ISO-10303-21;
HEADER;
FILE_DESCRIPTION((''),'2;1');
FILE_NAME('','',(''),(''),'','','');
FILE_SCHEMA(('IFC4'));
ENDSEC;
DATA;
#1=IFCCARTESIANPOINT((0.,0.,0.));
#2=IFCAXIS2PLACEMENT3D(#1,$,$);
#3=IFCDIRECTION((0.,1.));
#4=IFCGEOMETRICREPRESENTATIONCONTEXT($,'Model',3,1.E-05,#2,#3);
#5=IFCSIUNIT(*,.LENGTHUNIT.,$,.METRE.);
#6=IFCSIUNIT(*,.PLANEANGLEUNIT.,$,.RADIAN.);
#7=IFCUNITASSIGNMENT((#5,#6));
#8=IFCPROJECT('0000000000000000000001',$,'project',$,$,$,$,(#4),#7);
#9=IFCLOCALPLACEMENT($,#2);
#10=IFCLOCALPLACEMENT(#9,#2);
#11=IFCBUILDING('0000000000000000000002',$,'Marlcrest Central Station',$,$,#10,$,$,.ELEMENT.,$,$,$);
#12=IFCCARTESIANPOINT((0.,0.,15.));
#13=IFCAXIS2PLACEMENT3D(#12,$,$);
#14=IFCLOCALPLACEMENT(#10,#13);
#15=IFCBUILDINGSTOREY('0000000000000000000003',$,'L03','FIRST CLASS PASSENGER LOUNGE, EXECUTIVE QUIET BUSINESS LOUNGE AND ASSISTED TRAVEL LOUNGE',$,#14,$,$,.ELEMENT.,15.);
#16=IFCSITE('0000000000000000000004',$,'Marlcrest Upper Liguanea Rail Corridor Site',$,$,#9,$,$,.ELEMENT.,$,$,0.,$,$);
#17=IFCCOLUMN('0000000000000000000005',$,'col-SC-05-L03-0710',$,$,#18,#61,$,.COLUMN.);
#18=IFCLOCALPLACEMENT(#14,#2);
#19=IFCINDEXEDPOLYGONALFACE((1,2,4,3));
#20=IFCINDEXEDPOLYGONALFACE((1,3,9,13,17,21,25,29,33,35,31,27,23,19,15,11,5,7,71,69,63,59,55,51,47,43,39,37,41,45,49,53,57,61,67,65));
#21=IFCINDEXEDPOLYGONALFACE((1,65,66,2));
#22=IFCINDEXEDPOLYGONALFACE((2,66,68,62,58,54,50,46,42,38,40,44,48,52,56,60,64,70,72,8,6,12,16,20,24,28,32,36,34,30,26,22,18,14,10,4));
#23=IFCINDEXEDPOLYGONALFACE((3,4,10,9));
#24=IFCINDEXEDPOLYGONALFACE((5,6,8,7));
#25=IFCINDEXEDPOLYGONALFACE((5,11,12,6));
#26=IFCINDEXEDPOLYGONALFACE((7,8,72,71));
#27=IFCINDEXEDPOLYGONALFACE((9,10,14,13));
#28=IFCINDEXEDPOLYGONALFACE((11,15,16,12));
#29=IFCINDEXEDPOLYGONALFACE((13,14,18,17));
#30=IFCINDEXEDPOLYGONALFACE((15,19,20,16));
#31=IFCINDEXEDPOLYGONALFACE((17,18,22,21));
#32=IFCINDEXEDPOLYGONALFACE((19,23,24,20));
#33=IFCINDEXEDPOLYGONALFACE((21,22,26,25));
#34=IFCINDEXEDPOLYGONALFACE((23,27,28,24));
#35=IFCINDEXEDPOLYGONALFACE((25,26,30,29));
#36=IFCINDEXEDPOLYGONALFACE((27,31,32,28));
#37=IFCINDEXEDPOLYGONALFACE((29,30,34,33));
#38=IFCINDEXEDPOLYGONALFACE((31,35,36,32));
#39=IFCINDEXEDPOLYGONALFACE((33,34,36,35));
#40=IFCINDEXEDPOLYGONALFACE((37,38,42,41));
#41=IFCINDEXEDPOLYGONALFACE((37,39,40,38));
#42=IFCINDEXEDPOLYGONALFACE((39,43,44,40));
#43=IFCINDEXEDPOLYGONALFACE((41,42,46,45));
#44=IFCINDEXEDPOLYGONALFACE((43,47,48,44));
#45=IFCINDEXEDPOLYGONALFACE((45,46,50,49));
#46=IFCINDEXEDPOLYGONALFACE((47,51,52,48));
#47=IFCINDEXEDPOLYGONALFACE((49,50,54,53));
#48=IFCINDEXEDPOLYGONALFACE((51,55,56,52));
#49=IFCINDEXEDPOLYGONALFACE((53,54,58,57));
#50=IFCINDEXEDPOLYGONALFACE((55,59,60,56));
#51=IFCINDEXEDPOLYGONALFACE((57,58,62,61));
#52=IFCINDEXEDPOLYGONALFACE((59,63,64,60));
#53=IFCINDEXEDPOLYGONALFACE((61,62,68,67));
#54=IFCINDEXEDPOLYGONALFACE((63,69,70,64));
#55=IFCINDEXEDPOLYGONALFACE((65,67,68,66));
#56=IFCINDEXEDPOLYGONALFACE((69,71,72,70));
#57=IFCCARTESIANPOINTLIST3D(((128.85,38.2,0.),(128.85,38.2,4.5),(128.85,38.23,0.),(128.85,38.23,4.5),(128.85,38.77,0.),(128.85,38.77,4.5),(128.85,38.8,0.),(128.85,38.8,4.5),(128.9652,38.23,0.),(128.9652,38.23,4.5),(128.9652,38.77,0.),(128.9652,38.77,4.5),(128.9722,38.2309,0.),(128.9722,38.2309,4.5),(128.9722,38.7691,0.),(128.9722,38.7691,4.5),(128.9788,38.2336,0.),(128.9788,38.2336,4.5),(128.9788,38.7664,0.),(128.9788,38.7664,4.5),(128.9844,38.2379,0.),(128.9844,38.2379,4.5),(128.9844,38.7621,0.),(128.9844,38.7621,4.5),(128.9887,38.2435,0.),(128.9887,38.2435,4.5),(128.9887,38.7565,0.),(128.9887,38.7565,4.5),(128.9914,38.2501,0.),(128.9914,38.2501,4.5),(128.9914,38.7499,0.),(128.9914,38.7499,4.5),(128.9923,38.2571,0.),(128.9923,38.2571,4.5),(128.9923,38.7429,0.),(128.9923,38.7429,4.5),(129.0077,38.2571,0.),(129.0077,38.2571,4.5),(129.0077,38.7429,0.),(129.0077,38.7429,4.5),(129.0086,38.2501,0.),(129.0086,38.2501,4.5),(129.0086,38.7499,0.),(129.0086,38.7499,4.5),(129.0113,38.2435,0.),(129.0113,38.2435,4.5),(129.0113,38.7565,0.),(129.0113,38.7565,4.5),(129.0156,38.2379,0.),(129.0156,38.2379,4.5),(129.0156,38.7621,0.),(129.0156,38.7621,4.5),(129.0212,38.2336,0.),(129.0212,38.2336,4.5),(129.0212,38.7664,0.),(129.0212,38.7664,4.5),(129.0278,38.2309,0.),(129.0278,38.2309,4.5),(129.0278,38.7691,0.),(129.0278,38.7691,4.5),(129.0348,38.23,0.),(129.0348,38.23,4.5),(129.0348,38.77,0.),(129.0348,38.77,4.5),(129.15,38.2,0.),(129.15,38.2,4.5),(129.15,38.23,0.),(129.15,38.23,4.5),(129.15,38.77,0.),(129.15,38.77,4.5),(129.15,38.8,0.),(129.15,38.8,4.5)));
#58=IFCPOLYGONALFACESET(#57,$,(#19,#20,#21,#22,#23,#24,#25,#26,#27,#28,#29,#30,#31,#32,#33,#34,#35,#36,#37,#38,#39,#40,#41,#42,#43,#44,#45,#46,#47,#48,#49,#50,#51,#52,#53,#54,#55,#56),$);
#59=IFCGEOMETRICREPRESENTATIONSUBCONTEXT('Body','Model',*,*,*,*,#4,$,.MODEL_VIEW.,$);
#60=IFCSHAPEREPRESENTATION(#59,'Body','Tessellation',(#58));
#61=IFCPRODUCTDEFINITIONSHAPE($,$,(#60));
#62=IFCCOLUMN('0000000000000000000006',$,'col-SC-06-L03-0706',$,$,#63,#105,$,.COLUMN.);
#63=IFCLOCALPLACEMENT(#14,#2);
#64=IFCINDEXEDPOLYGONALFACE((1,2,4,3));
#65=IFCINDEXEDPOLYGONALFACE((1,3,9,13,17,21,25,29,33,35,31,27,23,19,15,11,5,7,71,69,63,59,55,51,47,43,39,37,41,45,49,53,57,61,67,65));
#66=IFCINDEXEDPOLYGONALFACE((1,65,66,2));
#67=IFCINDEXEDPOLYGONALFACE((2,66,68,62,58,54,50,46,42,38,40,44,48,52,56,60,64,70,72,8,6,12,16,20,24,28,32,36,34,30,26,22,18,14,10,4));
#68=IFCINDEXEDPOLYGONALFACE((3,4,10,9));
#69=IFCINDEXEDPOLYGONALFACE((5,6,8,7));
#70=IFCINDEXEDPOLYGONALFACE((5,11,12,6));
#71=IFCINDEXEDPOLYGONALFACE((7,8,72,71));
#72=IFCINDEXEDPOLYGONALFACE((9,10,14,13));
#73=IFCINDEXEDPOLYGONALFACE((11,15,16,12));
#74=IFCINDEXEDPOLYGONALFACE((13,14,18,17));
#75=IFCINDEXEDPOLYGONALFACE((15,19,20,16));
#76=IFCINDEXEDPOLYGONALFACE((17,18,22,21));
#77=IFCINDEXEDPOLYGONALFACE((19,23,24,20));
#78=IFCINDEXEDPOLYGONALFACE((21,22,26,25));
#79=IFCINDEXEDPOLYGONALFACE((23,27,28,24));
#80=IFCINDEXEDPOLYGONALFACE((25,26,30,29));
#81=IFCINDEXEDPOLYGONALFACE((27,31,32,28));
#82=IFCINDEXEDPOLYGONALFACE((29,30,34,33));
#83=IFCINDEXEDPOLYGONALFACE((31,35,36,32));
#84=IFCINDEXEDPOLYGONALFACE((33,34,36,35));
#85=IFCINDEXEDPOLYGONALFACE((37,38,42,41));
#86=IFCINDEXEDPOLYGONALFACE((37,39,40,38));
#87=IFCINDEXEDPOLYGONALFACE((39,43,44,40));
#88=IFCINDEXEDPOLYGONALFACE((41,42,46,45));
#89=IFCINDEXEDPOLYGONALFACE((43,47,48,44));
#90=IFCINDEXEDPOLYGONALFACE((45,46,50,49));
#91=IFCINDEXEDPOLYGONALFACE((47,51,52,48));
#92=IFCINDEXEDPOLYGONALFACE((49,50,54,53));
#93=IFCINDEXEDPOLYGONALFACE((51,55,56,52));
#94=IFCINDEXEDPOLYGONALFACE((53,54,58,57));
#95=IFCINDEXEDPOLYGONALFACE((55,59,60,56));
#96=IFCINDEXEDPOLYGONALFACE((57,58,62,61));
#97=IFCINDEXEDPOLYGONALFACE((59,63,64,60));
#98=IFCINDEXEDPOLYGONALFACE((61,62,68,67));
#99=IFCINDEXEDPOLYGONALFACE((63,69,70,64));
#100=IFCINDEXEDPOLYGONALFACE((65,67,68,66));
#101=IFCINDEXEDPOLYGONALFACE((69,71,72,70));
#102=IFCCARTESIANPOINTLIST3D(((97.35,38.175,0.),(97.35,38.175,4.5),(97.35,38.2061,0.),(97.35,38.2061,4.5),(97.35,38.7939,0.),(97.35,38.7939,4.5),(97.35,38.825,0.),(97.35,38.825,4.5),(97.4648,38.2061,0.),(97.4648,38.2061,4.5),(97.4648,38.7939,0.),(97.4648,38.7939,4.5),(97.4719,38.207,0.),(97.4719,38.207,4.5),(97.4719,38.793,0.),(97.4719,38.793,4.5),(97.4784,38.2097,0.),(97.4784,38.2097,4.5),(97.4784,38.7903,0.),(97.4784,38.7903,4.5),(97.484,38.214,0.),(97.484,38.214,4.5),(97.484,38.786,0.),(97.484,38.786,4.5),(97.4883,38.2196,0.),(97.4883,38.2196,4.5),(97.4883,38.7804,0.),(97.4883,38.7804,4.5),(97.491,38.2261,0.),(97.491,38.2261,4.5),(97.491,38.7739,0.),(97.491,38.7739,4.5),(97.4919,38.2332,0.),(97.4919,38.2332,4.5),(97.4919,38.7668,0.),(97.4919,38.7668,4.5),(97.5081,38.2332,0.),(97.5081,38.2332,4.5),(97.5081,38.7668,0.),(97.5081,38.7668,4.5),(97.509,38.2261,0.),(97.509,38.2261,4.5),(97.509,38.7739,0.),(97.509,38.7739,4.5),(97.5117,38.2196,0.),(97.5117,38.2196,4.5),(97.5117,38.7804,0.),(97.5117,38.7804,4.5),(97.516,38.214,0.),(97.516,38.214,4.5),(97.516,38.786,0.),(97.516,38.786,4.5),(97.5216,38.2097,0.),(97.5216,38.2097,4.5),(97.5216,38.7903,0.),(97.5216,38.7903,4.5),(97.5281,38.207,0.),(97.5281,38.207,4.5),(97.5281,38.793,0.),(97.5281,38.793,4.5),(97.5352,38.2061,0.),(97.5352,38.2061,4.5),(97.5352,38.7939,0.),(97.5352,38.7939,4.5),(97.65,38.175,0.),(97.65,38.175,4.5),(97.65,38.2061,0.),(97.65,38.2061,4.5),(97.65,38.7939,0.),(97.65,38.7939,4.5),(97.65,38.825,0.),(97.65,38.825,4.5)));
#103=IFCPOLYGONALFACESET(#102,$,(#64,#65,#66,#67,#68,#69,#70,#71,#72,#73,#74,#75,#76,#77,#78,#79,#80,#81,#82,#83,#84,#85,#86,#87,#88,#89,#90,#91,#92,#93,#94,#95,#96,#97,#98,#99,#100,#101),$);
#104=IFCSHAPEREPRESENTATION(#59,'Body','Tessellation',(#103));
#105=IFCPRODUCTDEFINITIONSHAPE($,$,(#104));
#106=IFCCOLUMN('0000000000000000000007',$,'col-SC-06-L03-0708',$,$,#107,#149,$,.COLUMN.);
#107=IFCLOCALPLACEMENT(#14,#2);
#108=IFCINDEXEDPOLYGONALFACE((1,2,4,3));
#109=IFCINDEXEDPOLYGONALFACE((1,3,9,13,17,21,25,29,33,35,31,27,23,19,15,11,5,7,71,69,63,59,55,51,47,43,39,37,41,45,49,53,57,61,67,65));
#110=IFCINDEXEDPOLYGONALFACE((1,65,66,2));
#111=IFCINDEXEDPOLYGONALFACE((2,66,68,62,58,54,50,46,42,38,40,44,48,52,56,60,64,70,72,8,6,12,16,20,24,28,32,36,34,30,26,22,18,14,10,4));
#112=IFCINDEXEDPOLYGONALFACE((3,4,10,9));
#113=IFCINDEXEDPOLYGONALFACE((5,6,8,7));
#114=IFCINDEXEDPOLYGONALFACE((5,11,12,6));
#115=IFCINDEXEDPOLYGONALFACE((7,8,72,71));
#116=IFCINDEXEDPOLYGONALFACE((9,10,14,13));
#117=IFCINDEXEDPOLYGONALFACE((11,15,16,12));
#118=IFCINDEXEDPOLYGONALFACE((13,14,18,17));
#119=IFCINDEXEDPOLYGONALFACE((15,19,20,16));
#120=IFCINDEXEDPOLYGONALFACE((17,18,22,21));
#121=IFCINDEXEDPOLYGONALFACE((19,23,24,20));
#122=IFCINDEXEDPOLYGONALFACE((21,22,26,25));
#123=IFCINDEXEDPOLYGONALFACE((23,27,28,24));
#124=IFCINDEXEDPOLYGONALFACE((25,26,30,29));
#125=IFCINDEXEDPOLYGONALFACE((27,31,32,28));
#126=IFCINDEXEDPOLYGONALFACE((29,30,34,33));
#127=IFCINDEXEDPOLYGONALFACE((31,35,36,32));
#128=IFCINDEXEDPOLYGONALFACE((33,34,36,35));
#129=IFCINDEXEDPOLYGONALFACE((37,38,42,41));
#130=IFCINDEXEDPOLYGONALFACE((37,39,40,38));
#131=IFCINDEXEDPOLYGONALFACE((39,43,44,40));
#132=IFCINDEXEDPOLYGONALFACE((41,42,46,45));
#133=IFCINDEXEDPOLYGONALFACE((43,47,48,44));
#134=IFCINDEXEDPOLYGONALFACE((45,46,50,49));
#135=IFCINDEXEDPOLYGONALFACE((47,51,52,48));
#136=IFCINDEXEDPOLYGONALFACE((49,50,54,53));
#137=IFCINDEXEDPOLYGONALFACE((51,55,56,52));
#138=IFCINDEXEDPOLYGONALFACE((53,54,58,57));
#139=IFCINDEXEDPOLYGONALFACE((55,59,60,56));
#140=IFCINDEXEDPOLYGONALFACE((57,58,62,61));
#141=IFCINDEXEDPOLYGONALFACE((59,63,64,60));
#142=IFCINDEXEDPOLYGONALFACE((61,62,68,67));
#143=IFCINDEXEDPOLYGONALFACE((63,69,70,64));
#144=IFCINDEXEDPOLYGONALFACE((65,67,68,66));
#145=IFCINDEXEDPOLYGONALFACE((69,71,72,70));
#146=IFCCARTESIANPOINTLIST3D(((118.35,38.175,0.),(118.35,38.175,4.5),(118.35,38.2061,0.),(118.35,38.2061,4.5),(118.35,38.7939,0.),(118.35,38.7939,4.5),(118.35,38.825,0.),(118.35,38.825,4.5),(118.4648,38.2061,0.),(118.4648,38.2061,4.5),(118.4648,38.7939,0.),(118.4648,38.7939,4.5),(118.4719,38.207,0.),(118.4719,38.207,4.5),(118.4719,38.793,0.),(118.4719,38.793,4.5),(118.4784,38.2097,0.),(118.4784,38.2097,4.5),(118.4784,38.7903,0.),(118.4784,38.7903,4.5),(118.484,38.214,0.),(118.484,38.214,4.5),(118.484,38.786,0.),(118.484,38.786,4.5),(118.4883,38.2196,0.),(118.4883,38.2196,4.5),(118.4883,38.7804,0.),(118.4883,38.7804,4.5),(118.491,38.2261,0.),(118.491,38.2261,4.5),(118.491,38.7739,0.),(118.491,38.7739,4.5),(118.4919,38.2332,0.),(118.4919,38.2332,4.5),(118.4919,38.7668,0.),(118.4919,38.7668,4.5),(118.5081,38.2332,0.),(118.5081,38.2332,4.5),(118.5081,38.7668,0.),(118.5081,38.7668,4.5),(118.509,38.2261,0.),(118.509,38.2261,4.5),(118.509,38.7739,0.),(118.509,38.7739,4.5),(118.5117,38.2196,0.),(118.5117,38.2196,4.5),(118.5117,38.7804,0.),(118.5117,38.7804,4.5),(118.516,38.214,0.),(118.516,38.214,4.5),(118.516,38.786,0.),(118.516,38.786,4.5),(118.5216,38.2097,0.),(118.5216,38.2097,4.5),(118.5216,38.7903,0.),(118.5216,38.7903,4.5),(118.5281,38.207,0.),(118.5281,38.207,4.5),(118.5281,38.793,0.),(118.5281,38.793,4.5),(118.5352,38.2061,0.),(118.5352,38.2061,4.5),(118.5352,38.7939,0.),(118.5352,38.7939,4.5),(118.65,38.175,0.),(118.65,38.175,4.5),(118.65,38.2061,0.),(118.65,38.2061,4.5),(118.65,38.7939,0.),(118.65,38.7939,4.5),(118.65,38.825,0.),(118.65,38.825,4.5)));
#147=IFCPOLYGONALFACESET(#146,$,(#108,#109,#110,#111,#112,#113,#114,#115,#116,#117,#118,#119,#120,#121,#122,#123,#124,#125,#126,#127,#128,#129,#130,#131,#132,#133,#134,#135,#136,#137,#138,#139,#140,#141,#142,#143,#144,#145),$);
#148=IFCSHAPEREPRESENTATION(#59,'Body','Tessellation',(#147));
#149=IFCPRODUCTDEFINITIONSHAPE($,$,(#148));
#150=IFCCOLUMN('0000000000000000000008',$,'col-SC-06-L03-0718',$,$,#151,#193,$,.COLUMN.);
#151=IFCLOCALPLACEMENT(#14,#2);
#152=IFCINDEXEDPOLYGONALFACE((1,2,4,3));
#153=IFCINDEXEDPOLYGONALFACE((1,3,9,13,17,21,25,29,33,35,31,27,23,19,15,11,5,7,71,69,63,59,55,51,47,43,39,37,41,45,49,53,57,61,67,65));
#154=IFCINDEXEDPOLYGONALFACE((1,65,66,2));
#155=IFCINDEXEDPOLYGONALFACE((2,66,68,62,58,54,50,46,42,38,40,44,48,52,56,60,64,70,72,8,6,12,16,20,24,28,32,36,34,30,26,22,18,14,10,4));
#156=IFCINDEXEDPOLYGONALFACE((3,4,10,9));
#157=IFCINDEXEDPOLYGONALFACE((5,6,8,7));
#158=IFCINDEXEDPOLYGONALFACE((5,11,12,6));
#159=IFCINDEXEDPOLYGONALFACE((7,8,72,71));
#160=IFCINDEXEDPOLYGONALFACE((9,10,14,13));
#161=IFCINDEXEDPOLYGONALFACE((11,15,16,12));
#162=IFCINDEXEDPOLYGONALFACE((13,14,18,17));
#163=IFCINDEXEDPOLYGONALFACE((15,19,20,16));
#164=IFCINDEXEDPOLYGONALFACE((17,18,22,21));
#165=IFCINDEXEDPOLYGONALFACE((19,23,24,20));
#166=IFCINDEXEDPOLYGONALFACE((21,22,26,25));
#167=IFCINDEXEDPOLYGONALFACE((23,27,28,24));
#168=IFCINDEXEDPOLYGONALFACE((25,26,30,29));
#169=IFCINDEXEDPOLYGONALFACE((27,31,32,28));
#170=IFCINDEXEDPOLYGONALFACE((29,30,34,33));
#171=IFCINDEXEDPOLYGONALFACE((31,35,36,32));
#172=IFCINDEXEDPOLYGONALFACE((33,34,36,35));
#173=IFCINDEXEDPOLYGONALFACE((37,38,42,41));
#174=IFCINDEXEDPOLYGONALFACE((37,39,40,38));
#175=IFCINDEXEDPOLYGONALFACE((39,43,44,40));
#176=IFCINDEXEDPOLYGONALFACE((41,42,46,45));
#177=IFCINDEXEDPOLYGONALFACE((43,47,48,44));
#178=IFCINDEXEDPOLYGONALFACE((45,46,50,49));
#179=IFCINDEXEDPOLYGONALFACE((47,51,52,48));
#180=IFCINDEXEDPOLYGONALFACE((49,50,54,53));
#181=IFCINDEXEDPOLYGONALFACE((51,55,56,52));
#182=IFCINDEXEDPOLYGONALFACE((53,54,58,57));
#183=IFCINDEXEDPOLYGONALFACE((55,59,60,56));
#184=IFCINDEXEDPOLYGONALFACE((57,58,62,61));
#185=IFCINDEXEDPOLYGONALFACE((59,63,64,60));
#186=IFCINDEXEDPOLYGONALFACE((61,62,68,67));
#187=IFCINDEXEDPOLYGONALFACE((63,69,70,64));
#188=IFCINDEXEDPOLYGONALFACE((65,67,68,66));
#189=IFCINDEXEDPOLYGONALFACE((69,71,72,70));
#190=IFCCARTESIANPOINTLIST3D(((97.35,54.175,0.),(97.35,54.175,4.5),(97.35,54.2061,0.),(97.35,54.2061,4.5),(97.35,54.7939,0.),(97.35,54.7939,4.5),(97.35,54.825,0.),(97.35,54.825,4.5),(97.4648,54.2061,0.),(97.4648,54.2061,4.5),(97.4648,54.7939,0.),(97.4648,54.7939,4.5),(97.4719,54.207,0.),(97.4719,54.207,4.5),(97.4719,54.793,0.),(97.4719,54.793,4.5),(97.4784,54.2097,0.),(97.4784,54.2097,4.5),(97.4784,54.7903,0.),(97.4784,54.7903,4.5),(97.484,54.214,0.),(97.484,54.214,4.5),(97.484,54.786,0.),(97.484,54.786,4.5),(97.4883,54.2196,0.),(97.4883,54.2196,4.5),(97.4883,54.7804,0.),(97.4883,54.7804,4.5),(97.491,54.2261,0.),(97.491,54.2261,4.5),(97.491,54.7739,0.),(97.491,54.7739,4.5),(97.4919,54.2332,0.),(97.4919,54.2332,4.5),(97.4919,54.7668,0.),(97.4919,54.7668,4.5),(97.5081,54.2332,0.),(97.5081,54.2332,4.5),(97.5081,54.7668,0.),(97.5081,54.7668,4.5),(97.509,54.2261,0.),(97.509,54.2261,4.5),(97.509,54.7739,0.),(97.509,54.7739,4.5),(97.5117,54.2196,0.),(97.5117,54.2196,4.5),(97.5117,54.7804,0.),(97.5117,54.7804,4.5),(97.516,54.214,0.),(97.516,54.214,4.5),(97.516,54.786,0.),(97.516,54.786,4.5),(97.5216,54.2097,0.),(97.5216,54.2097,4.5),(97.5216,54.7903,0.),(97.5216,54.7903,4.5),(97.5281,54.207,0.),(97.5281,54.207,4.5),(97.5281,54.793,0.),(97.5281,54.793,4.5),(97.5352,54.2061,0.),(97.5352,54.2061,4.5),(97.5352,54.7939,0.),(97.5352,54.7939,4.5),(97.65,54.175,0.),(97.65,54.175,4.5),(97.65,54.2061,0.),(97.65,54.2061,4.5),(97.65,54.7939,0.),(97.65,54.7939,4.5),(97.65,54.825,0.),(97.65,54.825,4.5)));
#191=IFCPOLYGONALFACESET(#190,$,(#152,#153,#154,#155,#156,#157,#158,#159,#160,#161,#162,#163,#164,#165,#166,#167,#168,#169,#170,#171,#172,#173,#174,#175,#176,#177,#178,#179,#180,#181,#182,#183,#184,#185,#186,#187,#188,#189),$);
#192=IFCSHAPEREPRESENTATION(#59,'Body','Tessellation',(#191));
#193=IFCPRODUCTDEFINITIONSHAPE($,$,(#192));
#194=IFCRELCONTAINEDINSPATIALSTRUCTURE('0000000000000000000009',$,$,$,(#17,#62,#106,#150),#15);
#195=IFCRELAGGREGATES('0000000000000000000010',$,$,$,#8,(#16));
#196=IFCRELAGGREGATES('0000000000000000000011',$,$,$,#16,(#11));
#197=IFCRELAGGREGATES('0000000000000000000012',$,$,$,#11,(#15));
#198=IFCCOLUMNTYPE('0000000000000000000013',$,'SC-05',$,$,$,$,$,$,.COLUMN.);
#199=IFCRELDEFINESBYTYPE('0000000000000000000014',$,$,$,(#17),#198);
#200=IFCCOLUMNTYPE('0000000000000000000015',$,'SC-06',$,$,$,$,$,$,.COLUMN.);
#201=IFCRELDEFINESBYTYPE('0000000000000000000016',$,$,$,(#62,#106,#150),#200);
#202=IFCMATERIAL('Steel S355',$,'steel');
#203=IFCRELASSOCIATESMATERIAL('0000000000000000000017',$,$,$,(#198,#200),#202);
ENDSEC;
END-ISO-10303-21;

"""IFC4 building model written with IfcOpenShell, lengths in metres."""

from ifc_helpers import new_model, si_unit, direction, frame, origin, origin_2d, place, context, subcontext, project, spatial, i_section, extrude, material, material_profile, profile_set, type_object, element, save


model = new_model("IFC4")

# Units and contexts
model_context = context("Model", 3, precision=1e-05, world=origin(), true_north=direction((0.0, 1.0)))
body_context = subcontext(model_context, "Body", "Model", "MODEL_VIEW")
ifc_project = project(units=[si_unit("LENGTHUNIT", "METRE"), si_unit("PLANEANGLEUNIT", "RADIAN")], contexts=[model_context])

# Site, building, storey
site_placement = place(None, origin())
site = spatial("IfcSite", under=ifc_project, at=site_placement, Name="Marlcrest Upper Liguanea Rail Corridor Site", CompositionType="ELEMENT", RefElevation=0.0)
building_placement = place(site_placement, origin())
building = spatial("IfcBuilding", under=site, at=building_placement, Name="Marlcrest Central Station", CompositionType="ELEMENT")
storey_placement = place(building_placement, frame((0.0, 0.0, 15.0)))
storey = spatial("IfcBuildingStorey", under=building, at=storey_placement, Name="L03", Description="FIRST CLASS PASSENGER LOUNGE, EXECUTIVE QUIET BUSINESS LOUNGE AND ASSISTED TRAVEL LOUNGE", CompositionType="ELEMENT", Elevation=15.0)

# Columns
ifc_material_1 = material(Name="Steel S355", Category="steel")
ifc_material_profile_1 = material_profile(ifc_material_1, i_section(OverallWidth=0.3, OverallDepth=0.6001, WebThickness=0.0154, FlangeThickness=0.03, FilletRadius=0.0271, at=origin_2d()), Name="HEB 600")
ifc_profile_set_1 = profile_set([ifc_material_profile_1], Name="Steel S355")
column_type_1 = type_object("IfcColumnType", Name="SC-05", PredefinedType="COLUMN", material=ifc_profile_set_1)
column_placement = place(storey_placement, frame((129.0, 38.5, 0.0), z_axis=(0.0, 0.0, 1.0), x_axis=(1.0, 0.0, 0.0)))
element("IfcColumn", 1, at=column_placement, inside=storey, type_object=column_type_1, Name="col-SC-05-L03-0710", PredefinedType="COLUMN", context=body_context, shape_type="SweptSolid", body=[
    extrude(i_section(OverallWidth=0.3, OverallDepth=0.6001, WebThickness=0.0154, FlangeThickness=0.03, FilletRadius=0.0271, at=origin_2d()), origin(), (0.0, 0.0, 1.0), 4.5),
])
ifc_material_profile_2 = material_profile(ifc_material_1, i_section(OverallWidth=0.3, OverallDepth=0.6499, WebThickness=0.0161, FlangeThickness=0.031, FilletRadius=0.0271, at=origin_2d()), Name="HEB 650")
ifc_profile_set_2 = profile_set([ifc_material_profile_2], Name="Steel S355")
column_type_2 = type_object("IfcColumnType", Name="SC-06", PredefinedType="COLUMN", material=ifc_profile_set_2)
for number, where, z_axis, x_axis, name in (
    (2, (97.5, 38.5, 0.0), (0.0, 0.0, 1.0), (1.0, 0.0, 0.0), "col-SC-06-L03-0706"),
    (3, (118.5, 38.5, 0.0), (0.0, 0.0, 1.0), (1.0, 0.0, 0.0), "col-SC-06-L03-0708"),
    (4, (97.5, 54.5, 0.0), (0.0, 0.0, 1.0), (1.0, 0.0, 0.0), "col-SC-06-L03-0718"),
):
    element("IfcColumn", number, at=place(storey_placement, frame(where, z_axis=z_axis, x_axis=x_axis)), inside=storey, type_object=column_type_2, Name=name, PredefinedType="COLUMN", context=body_context, shape_type="SweptSolid", body=[
        extrude(i_section(OverallWidth=0.3, OverallDepth=0.6499, WebThickness=0.0161, FlangeThickness=0.031, FilletRadius=0.0271, at=origin_2d()), origin(), (0.0, 0.0, 1.0), 4.5),
    ])

save(model, "model.ifc")
